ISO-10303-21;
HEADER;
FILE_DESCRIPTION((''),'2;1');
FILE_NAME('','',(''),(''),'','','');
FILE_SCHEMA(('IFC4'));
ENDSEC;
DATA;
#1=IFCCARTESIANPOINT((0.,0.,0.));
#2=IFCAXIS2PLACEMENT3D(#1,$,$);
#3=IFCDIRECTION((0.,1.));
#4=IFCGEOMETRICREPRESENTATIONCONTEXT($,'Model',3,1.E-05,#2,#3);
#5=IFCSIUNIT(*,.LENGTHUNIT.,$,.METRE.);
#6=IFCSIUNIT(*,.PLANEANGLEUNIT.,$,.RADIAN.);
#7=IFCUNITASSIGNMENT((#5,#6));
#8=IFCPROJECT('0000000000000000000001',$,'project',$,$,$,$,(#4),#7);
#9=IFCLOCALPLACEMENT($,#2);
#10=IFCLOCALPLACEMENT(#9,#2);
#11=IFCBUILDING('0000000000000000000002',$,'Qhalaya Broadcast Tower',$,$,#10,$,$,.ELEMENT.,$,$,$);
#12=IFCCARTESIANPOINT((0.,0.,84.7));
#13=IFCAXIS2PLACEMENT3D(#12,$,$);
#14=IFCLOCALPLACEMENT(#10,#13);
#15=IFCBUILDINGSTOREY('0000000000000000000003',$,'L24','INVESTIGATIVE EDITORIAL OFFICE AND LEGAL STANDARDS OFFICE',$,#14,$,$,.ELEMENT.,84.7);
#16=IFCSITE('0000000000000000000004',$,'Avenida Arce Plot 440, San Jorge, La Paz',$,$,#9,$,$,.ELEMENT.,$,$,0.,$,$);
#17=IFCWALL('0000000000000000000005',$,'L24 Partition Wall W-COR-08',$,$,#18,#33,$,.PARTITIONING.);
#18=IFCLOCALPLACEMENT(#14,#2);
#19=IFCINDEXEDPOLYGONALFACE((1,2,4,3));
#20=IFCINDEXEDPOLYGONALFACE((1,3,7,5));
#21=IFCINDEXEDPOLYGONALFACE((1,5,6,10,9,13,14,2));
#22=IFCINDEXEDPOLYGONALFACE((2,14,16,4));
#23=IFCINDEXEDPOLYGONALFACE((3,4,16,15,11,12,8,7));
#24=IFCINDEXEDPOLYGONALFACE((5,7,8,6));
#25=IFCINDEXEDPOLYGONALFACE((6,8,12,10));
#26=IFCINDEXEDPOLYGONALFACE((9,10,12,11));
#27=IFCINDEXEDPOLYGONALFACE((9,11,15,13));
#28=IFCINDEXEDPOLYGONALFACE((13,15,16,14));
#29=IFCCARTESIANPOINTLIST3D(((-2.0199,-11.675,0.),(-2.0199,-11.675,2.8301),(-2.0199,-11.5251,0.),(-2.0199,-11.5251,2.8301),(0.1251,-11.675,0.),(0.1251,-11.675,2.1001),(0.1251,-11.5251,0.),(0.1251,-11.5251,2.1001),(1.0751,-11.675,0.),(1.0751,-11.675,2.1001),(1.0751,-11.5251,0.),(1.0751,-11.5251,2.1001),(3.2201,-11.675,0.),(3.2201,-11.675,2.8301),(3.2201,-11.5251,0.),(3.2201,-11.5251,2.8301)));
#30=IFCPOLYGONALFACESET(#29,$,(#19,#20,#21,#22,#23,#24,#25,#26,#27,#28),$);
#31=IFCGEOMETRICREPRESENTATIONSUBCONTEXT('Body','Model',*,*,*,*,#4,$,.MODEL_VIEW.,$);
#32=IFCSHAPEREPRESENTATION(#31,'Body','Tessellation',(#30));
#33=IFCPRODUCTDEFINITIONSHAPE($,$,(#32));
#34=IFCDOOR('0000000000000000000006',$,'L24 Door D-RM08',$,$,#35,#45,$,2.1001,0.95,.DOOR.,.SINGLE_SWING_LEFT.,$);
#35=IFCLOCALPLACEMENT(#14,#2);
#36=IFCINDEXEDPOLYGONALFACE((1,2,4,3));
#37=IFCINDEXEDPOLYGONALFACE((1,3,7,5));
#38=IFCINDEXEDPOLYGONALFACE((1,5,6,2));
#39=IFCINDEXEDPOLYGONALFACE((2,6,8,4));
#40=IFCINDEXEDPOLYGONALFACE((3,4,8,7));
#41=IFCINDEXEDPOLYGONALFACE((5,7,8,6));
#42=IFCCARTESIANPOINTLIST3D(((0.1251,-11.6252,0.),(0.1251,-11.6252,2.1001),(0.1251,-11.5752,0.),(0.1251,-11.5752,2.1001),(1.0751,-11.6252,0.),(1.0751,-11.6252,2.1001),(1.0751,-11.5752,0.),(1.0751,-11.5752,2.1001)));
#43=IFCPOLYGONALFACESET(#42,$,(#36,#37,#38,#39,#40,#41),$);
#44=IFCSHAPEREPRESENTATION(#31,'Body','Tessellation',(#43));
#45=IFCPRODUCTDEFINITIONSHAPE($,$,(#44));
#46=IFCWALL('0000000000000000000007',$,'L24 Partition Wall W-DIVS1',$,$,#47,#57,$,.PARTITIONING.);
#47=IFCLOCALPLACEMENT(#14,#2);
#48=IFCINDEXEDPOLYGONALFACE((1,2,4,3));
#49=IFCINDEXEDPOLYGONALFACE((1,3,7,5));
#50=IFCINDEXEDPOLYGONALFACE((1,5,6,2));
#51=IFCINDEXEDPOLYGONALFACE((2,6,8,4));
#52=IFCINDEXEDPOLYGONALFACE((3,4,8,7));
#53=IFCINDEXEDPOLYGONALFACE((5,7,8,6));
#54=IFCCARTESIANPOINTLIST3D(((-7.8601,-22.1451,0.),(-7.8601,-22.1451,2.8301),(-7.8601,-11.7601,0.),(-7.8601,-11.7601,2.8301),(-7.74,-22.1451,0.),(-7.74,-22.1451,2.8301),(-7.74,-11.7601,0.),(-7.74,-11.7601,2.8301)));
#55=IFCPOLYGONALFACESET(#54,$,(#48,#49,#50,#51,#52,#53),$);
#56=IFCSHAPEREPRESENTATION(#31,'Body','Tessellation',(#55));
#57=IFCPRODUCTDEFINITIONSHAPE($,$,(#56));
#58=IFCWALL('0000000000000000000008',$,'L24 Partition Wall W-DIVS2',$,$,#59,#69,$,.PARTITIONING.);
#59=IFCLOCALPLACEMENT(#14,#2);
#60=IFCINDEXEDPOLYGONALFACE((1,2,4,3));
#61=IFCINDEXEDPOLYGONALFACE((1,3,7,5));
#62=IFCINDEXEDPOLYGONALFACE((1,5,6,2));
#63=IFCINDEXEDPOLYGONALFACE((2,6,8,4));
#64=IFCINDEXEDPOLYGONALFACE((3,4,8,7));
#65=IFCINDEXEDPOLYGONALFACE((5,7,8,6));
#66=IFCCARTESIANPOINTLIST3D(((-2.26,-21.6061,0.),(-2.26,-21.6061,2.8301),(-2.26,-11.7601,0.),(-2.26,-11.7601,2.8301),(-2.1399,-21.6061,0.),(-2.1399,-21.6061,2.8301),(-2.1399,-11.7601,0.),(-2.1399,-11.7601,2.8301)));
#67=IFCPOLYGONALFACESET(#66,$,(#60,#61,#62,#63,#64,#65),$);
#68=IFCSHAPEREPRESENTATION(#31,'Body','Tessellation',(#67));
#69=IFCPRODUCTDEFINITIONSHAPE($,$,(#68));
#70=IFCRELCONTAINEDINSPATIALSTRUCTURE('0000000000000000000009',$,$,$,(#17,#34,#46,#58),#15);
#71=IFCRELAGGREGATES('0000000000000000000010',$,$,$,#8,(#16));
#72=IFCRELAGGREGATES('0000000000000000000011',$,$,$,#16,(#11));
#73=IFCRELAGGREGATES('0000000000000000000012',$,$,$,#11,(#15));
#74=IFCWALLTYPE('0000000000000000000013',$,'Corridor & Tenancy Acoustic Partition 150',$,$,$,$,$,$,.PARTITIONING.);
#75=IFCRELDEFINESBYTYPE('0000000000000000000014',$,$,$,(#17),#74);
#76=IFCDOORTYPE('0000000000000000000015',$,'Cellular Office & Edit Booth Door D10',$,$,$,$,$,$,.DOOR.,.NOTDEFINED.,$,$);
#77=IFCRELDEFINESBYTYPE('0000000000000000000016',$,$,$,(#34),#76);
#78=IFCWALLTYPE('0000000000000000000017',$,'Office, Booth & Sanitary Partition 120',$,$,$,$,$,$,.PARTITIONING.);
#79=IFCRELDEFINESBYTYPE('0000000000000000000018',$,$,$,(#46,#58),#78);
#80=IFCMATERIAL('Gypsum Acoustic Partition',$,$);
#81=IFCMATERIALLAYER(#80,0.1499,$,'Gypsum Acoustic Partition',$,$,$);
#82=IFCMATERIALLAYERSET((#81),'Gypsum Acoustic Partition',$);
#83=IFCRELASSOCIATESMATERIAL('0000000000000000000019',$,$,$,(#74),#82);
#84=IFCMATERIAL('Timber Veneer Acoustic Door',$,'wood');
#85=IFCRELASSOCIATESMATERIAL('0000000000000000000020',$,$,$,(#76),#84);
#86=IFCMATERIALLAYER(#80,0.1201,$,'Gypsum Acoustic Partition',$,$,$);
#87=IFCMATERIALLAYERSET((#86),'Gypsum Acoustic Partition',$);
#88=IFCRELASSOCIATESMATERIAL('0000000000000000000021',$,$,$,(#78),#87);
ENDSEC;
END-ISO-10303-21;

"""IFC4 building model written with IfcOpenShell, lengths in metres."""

from ifc_helpers import new_model, si_unit, direction, frame, frame_2d, origin, place, context, subcontext, project, spatial, rectangle, extrude, material, layer, layer_set, type_object, element, fill, save


model = new_model("IFC4")

# Units and contexts
model_context = context("Model", 3, precision=1e-05, world=origin(), true_north=direction((0.0, 1.0)))
body_context = subcontext(model_context, "Body", "Model", "MODEL_VIEW")
ifc_project = project(units=[si_unit("LENGTHUNIT", "METRE"), si_unit("PLANEANGLEUNIT", "RADIAN")], contexts=[model_context])

# Site, building, storey
site_placement = place(None, origin())
site = spatial("IfcSite", under=ifc_project, at=site_placement, Name="Avenida Arce Plot 440, San Jorge, La Paz", CompositionType="ELEMENT", RefElevation=0.0)
building_placement = place(site_placement, origin())
building = spatial("IfcBuilding", under=site, at=building_placement, Name="Qhalaya Broadcast Tower", CompositionType="ELEMENT")
storey_placement = place(building_placement, frame((0.0, 0.0, 84.7)))
storey = spatial("IfcBuildingStorey", under=building, at=storey_placement, Name="L24", Description="INVESTIGATIVE EDITORIAL OFFICE AND LEGAL STANDARDS OFFICE", CompositionType="ELEMENT", Elevation=84.7)

# Wall, opening, door
ifc_material_1 = material(Name="Gypsum Acoustic Partition")
ifc_layer_1 = layer(ifc_material_1, 0.1499, Name="Gypsum Acoustic Partition")
ifc_layer_set_1 = layer_set([ifc_layer_1], Name="Gypsum Acoustic Partition")
wall_type_1 = type_object("IfcWallType", Name="Corridor & Tenancy Acoustic Partition 150", PredefinedType="PARTITIONING", material=ifc_layer_set_1)
ifc_material_2 = material(Name="Timber Veneer Acoustic Door", Category="wood")
door_type = type_object("IfcDoorType", Name="Cellular Office & Edit Booth Door D10", OperationType="NOTDEFINED", PredefinedType="DOOR", material=ifc_material_2)
wall_1_placement = place(storey_placement, frame((-2.02, -11.6001, 0.0), z_axis=(0.0, 0.0, 1.0), x_axis=(1.0, 0.0, 0.0)))
wall_1 = element("IfcWall", 1, at=wall_1_placement, inside=storey, type_object=wall_type_1, Name="L24 Partition Wall W-COR-08", PredefinedType="PARTITIONING", context=body_context, shape_type="SweptSolid", body=[
    extrude(rectangle(XDim=5.24, YDim=0.1499, at=frame_2d((2.6201, 0.0))), origin(), (0.0, 0.0, 1.0), 2.8301),
])
opening_1_placement = place(wall_1_placement, frame((2.145, 0.0, 0.0)))
opening_1 = element("IfcOpeningElement", 2, at=opening_1_placement, cuts=wall_1, PredefinedType="OPENING", context=body_context, shape_type="SweptSolid", body=[
    extrude(rectangle(XDim=0.95, YDim=2.1001, at=frame_2d((0.4751, 1.05))), frame((0.0, 0.0869, 0.0), z_axis=(0.0, -1.0, 0.0), x_axis=(1.0, 0.0, 0.0)), (0.0, 0.0, 1.0), 0.1738),
])
door_1_placement = place(opening_1_placement, origin())
door_1 = element("IfcDoor", 3, at=door_1_placement, inside=storey, type_object=door_type, Name="L24 Door D-RM08", OperationType="SINGLE_SWING_LEFT", OverallHeight=2.1001, OverallWidth=0.95, PredefinedType="DOOR", context=body_context, shape_type="SweptSolid", body=[
    extrude(rectangle(XDim=0.95, YDim=2.1001, at=frame_2d((0.4751, 1.05))), frame((0.0, 0.0249, 0.0), z_axis=(0.0, -1.0, 0.0), x_axis=(1.0, 0.0, 0.0)), (0.0, 0.0, 1.0), 0.05),
])
fill(opening_1, door_1)

# Walls
ifc_layer_2 = layer(ifc_material_1, 0.1201, Name="Gypsum Acoustic Partition")
ifc_layer_set_2 = layer_set([ifc_layer_2], Name="Gypsum Acoustic Partition")
wall_type_2 = type_object("IfcWallType", Name="Office, Booth & Sanitary Partition 120", PredefinedType="PARTITIONING", material=ifc_layer_set_2)
wall_2_placement = place(storey_placement, frame((-7.8, -22.145, 0.0), z_axis=(0.0, 0.0, 1.0), x_axis=(0.0, 1.0, 0.0)))
element("IfcWall", 4, at=wall_2_placement, inside=storey, type_object=wall_type_2, Name="L24 Partition Wall W-DIVS1", PredefinedType="PARTITIONING", context=body_context, shape_type="SweptSolid", body=[
    extrude(rectangle(XDim=10.385, YDim=0.1201, at=frame_2d((5.1924, 0.0))), origin(), (0.0, 0.0, 1.0), 2.8301),
])
wall_3_placement = place(storey_placement, frame((-2.2, -21.606, 0.0), z_axis=(0.0, 0.0, 1.0), x_axis=(0.0, 1.0, 0.0)))
element("IfcWall", 5, at=wall_3_placement, inside=storey, type_object=wall_type_2, Name="L24 Partition Wall W-DIVS2", PredefinedType="PARTITIONING", context=body_context, shape_type="SweptSolid", body=[
    extrude(rectangle(XDim=9.8459, YDim=0.1201, at=frame_2d((4.9229, 0.0))), origin(), (0.0, 0.0, 1.0), 2.8301),
])

save(model, "model.ifc")
